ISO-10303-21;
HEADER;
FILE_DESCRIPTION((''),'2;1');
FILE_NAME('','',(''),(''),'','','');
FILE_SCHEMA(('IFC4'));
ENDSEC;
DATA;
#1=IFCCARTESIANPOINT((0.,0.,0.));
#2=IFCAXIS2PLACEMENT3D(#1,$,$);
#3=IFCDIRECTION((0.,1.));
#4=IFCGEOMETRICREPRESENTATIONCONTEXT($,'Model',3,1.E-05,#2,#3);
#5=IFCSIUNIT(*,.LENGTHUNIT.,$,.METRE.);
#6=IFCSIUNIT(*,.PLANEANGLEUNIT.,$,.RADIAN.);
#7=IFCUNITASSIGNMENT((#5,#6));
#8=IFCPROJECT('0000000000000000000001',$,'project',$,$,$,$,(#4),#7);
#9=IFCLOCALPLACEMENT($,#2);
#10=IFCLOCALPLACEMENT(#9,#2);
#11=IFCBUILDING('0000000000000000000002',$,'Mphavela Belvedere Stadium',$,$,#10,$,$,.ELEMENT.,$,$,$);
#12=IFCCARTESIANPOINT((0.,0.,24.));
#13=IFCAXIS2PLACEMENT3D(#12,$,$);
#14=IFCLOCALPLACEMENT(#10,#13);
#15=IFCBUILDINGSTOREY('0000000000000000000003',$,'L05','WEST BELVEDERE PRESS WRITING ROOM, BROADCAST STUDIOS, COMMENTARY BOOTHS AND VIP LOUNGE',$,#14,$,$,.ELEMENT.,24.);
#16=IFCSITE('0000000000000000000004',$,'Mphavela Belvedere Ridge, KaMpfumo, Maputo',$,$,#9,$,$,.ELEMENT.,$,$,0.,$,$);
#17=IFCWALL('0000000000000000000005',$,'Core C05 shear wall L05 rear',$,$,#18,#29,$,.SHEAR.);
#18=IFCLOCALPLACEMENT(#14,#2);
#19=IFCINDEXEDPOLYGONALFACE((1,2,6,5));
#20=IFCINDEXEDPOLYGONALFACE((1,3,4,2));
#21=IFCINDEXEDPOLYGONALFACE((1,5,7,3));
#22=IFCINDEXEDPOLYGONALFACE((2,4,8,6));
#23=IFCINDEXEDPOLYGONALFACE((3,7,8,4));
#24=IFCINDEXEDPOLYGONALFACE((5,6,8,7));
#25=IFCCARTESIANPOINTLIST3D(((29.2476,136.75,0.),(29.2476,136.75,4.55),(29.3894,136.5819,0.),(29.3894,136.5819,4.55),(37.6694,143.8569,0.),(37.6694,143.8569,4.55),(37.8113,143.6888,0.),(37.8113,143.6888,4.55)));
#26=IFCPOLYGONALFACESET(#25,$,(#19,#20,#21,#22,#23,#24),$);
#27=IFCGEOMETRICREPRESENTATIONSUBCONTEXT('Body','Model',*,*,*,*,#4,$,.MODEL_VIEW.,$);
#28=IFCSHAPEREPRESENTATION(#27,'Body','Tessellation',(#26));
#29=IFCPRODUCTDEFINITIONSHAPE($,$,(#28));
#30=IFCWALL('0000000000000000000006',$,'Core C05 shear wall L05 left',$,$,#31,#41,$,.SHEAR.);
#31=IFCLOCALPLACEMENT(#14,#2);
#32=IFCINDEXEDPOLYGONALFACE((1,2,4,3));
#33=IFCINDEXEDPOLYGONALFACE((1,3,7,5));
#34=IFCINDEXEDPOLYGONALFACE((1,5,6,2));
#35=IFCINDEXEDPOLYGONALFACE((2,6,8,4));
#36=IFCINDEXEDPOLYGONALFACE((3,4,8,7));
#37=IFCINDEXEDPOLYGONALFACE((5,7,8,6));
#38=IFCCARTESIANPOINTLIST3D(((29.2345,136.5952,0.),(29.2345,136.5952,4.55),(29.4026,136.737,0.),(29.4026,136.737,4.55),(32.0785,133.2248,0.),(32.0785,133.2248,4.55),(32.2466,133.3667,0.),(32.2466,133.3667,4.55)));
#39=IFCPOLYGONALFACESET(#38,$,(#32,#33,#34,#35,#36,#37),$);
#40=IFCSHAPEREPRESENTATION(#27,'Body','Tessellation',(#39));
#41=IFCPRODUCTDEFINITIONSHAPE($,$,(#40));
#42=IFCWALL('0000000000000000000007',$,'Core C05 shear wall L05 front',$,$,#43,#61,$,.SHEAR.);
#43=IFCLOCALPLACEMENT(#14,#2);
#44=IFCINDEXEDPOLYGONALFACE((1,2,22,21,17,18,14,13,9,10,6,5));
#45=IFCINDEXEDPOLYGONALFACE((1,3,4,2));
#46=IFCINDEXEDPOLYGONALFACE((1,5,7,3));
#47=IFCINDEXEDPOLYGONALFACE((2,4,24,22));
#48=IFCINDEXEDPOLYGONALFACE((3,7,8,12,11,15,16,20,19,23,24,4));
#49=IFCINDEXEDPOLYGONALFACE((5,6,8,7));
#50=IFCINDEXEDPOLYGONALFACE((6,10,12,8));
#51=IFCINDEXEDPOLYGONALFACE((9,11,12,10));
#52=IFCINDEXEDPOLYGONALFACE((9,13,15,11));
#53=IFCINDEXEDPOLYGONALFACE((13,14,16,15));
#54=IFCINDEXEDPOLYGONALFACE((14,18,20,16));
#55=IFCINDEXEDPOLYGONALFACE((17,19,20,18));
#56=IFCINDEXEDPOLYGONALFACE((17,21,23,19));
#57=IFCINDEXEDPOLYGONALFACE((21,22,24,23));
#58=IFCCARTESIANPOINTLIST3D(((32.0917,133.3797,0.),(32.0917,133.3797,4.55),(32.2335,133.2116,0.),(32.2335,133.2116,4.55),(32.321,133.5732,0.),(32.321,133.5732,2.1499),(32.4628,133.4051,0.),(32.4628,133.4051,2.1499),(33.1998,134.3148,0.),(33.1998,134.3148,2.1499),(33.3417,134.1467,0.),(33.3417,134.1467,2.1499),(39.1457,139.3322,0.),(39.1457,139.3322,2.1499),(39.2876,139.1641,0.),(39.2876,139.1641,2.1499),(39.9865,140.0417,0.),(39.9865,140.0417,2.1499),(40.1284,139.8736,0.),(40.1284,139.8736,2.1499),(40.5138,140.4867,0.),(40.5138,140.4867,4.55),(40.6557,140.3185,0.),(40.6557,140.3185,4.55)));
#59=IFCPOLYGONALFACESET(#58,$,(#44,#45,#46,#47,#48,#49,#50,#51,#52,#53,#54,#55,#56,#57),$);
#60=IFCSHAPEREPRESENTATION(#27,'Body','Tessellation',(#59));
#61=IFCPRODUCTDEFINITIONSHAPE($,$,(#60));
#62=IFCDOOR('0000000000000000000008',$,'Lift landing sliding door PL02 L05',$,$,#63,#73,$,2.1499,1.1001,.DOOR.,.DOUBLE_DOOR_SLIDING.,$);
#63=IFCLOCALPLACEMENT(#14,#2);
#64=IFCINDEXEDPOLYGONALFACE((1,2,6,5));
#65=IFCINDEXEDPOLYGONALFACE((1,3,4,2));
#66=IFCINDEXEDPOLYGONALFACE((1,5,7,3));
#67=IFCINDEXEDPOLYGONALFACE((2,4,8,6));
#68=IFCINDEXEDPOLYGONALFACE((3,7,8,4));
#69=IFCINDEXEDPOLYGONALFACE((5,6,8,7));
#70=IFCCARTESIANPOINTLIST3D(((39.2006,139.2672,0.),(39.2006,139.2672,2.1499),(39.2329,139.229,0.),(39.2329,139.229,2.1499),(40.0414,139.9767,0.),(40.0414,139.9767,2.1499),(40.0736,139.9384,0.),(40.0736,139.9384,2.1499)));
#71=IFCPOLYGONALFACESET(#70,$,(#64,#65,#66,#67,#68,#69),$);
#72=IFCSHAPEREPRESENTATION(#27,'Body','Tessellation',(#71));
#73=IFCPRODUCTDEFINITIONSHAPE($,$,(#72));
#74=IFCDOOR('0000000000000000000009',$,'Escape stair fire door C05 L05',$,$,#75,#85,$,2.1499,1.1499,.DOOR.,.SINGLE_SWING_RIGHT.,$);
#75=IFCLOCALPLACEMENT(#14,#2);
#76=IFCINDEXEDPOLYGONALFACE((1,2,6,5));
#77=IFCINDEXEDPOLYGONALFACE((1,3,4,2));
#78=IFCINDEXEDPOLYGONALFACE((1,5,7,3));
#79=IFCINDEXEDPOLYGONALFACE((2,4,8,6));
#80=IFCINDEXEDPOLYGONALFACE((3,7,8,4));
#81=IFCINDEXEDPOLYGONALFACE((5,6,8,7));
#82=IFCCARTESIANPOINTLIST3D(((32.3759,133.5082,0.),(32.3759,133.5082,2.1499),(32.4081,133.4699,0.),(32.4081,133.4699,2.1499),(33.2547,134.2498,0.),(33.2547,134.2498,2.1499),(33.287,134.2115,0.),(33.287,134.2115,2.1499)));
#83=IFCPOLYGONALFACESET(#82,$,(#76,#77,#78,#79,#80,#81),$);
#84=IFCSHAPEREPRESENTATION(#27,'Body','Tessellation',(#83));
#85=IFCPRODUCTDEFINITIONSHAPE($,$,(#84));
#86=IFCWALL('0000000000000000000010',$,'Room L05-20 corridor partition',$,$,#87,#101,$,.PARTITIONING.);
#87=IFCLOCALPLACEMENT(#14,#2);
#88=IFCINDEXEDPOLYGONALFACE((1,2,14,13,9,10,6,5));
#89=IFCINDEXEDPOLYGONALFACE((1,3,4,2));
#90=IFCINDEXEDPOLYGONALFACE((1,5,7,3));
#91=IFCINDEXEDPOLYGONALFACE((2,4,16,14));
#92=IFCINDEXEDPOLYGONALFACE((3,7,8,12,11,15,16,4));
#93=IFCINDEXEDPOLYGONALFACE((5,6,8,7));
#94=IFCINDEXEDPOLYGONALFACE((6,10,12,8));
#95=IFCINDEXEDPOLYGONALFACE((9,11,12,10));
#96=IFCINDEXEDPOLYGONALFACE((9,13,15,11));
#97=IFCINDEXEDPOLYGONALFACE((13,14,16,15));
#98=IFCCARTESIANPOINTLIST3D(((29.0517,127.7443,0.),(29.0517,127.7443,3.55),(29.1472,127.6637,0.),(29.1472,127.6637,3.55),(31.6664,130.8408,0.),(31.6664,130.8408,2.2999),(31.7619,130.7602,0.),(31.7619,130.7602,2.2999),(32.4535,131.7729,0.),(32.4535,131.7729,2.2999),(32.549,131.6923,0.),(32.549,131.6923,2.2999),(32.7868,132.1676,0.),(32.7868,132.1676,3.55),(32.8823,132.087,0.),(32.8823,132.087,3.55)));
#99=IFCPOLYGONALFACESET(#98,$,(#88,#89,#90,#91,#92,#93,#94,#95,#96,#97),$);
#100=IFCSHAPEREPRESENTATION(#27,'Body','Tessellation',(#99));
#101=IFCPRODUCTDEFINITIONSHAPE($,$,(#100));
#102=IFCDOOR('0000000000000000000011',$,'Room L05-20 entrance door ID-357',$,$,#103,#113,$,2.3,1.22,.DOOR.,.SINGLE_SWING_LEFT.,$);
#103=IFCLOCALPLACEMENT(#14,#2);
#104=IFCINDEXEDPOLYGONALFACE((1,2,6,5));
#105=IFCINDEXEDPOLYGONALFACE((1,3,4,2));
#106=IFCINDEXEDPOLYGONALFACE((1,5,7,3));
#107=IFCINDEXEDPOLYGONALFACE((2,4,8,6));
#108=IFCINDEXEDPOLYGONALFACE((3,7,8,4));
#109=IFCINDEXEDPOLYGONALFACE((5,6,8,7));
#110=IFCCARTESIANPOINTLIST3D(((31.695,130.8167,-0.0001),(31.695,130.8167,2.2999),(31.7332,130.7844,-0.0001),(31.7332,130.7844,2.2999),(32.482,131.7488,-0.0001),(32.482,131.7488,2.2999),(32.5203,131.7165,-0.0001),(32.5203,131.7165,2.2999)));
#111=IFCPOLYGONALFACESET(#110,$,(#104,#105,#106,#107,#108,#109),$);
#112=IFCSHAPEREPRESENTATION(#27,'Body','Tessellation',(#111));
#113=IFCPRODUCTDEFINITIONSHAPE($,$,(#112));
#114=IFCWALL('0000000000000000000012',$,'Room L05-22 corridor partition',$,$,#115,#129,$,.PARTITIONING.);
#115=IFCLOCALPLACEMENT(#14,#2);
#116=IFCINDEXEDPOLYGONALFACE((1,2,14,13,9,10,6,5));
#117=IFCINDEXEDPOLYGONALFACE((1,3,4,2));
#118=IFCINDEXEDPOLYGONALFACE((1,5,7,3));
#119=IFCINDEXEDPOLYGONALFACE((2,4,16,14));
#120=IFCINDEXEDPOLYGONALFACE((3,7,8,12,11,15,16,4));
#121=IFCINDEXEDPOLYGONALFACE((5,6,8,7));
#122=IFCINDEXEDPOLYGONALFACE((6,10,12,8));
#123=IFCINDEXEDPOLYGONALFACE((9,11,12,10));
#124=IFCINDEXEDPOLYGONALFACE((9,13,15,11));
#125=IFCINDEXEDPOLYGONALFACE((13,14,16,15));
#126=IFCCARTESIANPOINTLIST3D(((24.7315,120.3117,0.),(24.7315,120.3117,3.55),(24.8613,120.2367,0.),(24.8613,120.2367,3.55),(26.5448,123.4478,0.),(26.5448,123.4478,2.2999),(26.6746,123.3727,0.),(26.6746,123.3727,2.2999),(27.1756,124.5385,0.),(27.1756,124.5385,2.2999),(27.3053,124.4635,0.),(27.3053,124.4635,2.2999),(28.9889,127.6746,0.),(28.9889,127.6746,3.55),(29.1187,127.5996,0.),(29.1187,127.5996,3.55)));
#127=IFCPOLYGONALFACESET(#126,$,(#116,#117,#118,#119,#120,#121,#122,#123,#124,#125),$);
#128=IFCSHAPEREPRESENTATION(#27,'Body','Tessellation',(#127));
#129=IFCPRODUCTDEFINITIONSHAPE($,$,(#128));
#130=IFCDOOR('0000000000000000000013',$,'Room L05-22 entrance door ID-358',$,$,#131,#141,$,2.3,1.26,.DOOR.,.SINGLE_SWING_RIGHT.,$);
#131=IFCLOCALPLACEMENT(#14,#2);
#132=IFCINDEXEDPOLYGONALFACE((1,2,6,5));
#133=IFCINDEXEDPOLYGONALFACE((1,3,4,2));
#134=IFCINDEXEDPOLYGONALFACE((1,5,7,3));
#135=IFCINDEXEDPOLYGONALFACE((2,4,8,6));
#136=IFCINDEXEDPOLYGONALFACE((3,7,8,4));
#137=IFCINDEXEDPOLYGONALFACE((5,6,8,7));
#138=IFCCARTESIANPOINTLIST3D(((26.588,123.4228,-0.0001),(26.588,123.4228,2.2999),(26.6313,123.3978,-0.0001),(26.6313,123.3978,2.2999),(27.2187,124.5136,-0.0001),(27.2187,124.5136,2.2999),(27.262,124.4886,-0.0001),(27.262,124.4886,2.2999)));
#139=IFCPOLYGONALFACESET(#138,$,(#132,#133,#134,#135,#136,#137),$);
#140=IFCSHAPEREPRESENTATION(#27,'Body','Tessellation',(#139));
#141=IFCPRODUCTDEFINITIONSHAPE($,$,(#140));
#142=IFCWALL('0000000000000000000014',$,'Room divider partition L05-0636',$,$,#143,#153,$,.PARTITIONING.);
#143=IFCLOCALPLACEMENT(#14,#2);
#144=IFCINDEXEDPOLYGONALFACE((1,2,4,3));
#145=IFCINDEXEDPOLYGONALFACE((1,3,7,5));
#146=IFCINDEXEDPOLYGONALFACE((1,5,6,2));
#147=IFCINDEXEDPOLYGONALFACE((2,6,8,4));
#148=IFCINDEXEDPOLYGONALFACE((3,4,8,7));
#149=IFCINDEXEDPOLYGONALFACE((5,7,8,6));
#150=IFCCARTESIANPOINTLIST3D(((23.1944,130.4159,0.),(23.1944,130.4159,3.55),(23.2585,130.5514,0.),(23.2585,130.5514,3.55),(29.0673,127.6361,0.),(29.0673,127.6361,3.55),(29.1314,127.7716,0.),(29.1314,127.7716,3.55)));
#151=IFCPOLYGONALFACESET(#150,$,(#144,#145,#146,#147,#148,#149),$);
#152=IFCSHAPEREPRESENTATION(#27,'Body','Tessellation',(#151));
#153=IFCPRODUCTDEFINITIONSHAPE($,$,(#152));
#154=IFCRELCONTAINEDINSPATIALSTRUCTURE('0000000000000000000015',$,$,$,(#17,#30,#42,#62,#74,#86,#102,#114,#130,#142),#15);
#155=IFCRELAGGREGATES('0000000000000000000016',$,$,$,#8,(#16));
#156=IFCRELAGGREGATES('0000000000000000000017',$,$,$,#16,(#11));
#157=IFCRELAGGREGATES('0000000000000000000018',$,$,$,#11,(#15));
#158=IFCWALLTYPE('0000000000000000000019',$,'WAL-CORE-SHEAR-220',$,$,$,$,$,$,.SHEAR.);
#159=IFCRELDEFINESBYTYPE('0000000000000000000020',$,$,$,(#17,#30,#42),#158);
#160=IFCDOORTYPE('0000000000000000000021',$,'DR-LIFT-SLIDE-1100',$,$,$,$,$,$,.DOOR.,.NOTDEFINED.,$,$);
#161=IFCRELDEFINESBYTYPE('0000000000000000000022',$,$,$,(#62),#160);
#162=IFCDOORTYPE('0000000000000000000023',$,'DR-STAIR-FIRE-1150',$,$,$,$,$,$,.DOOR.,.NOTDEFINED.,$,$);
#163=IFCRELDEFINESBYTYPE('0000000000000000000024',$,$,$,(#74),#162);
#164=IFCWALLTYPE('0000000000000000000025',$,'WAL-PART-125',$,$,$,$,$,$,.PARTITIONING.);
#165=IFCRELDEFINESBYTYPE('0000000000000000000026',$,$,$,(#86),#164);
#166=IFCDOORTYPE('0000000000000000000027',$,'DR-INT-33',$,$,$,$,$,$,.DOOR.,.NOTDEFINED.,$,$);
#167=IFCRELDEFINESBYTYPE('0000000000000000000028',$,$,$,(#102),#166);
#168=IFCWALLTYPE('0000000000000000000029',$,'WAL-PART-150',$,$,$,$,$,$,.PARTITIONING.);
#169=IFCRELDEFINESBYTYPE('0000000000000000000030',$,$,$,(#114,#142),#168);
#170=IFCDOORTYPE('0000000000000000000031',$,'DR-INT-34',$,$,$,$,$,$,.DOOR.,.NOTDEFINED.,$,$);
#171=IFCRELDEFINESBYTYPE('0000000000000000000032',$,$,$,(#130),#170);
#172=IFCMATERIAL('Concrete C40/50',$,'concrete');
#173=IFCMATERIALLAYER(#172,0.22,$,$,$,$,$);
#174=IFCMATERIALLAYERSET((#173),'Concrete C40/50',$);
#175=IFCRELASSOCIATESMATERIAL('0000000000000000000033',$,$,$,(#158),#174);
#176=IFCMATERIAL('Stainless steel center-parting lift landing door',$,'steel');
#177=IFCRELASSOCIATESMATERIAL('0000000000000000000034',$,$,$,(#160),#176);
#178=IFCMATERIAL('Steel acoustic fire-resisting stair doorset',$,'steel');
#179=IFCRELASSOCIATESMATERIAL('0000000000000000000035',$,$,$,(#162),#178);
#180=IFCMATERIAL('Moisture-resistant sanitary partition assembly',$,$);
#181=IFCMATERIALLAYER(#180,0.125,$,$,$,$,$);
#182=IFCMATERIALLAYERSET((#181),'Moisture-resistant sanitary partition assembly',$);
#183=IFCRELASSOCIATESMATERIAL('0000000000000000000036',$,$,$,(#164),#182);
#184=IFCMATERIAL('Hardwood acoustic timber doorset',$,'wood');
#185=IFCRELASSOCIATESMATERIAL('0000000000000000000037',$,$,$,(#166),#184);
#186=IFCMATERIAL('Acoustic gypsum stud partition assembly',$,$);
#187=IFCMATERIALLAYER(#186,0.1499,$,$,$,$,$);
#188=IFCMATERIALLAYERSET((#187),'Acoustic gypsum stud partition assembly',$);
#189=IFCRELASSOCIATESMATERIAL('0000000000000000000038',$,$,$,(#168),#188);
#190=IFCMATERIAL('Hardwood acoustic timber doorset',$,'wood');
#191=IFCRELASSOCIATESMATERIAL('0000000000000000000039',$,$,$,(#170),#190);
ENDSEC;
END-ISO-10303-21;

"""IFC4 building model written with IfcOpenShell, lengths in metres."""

from ifc_helpers import new_model, si_unit, direction, frame, frame_2d, origin, place, context, subcontext, project, spatial, rectangle, extrude, material, layer, layer_set, type_object, element, fill, save


model = new_model("IFC4")

# Units and contexts
model_context = context("Model", 3, precision=1e-05, world=origin(), true_north=direction((0.0, 1.0)))
body_context = subcontext(model_context, "Body", "Model", "MODEL_VIEW")
ifc_project = project(units=[si_unit("LENGTHUNIT", "METRE"), si_unit("PLANEANGLEUNIT", "RADIAN")], contexts=[model_context])

# Site, building, storey
site_placement = place(None, origin())
site = spatial("IfcSite", under=ifc_project, at=site_placement, Name="Mphavela Belvedere Ridge, KaMpfumo, Maputo", CompositionType="ELEMENT", RefElevation=0.0)
building_placement = place(site_placement, origin())
building = spatial("IfcBuilding", under=site, at=building_placement, Name="Mphavela Belvedere Stadium", CompositionType="ELEMENT")
storey_placement = place(building_placement, frame((0.0, 0.0, 24.0)))
storey = spatial("IfcBuildingStorey", under=building, at=storey_placement, Name="L05", Description="WEST BELVEDERE PRESS WRITING ROOM, BROADCAST STUDIOS, COMMENTARY BOOTHS AND VIP LOUNGE", CompositionType="ELEMENT", Elevation=24.0)

# Walls
ifc_material_1 = material(Name="Concrete C40/50", Category="concrete")
ifc_layer_1 = layer(ifc_material_1, 0.22)
ifc_layer_set_1 = layer_set([ifc_layer_1], Name="Concrete C40/50")
wall_type_1 = type_object("IfcWallType", Name="WAL-CORE-SHEAR-220", PredefinedType="SHEAR", material=ifc_layer_set_1)
wall_1_placement = place(storey_placement, frame((29.3186, 136.666, 0.0), z_axis=(0.0, 0.0, 1.0), x_axis=(0.764248, 0.644923, 0.0)))
element("IfcWall", 1, at=wall_1_placement, inside=storey, type_object=wall_type_1, Name="Core C05 shear wall L05 rear", PredefinedType="SHEAR", context=body_context, shape_type="SweptSolid", body=[
    extrude(rectangle(XDim=11.0198, YDim=0.22, at=frame_2d((5.5098, 0.0))), origin(), (0.0, 0.0, 1.0), 4.55),
])
wall_2_placement = place(storey_placement, frame((32.1626, 133.2957, 0.0), z_axis=(0.0, 0.0, 1.0), x_axis=(-0.644904, 0.764263, 0.0)))
element("IfcWall", 2, at=wall_2_placement, inside=storey, type_object=wall_type_1, Name="Core C05 shear wall L05 left", PredefinedType="SHEAR", context=body_context, shape_type="SweptSolid", body=[
    extrude(rectangle(XDim=4.4099, YDim=0.22, at=frame_2d((2.2051, 0.0))), origin(), (0.0, 0.0, 1.0), 4.55),
])

# Wall, openings, doors
wall_3_placement = place(storey_placement, frame((32.1626, 133.2957, 0.0), z_axis=(0.0, 0.0, 1.0), x_axis=(0.764257, 0.644912, 0.0)))
wall_3 = element("IfcWall", 3, at=wall_3_placement, inside=storey, type_object=wall_type_1, Name="Core C05 shear wall L05 front", PredefinedType="SHEAR", context=body_context, shape_type="SweptSolid", body=[
    extrude(rectangle(XDim=11.02, YDim=0.22, at=frame_2d((5.51, 0.0))), origin(), (0.0, 0.0, 1.0), 4.55),
])
opening_1_placement = place(wall_3_placement, frame((0.3, 0.0, 0.0)))
opening_1 = element("IfcOpeningElement", 4, at=opening_1_placement, cuts=wall_3, PredefinedType="OPENING", context=body_context, shape_type="SweptSolid", body=[
    extrude(rectangle(XDim=1.1499, YDim=2.1499, at=frame_2d((0.575, 1.075))), frame((0.0, 0.1201, 0.0), z_axis=(0.0, -1.0, 0.0), x_axis=(1.0, 0.0, 0.0)), (0.0, 0.0, 1.0), 0.24),
])
opening_2_placement = place(wall_3_placement, frame((9.23, 0.0, 0.0)))
opening_2 = element("IfcOpeningElement", 5, at=opening_2_placement, cuts=wall_3, PredefinedType="OPENING", context=body_context, shape_type="SweptSolid", body=[
    extrude(rectangle(XDim=1.1001, YDim=2.1499, at=frame_2d((0.55, 1.075))), frame((0.0, 0.1201, 0.0), z_axis=(0.0, -1.0, 0.0), x_axis=(1.0, 0.0, 0.0)), (0.0, 0.0, 1.0), 0.24),
])
ifc_material_2 = material(Name="Stainless steel center-parting lift landing door", Category="steel")
door_type_1 = type_object("IfcDoorType", Name="DR-LIFT-SLIDE-1100", OperationType="NOTDEFINED", PredefinedType="DOOR", material=ifc_material_2)
door_1_placement = place(opening_2_placement, origin())
door_1 = element("IfcDoor", 6, at=door_1_placement, inside=storey, type_object=door_type_1, Name="Lift landing sliding door PL02 L05", OperationType="DOUBLE_DOOR_SLIDING", OverallHeight=2.1499, OverallWidth=1.1001, PredefinedType="DOOR", context=body_context, shape_type="SweptSolid", body=[
    extrude(rectangle(XDim=1.1001, YDim=2.1499, at=frame_2d((0.55, 1.075))), frame((0.0, 0.0249, 0.0), z_axis=(0.0, -1.0, 0.0), x_axis=(1.0, 0.0, 0.0)), (0.0, 0.0, 1.0), 0.05),
])
fill(opening_2, door_1)
ifc_material_3 = material(Name="Steel acoustic fire-resisting stair doorset", Category="steel")
door_type_2 = type_object("IfcDoorType", Name="DR-STAIR-FIRE-1150", OperationType="NOTDEFINED", PredefinedType="DOOR", material=ifc_material_3)
door_2_placement = place(opening_1_placement, origin())
door_2 = element("IfcDoor", 7, at=door_2_placement, inside=storey, type_object=door_type_2, Name="Escape stair fire door C05 L05", OperationType="SINGLE_SWING_RIGHT", OverallHeight=2.1499, OverallWidth=1.1499, PredefinedType="DOOR", context=body_context, shape_type="SweptSolid", body=[
    extrude(rectangle(XDim=1.1499, YDim=2.1499, at=frame_2d((0.575, 1.075))), frame((0.0, 0.0249, 0.0), z_axis=(0.0, -1.0, 0.0), x_axis=(1.0, 0.0, 0.0)), (0.0, 0.0, 1.0), 0.05),
])
fill(opening_1, door_2)

# Walls, openings, doors
ifc_material_4 = material(Name="Moisture-resistant sanitary partition assembly")
ifc_layer_2 = layer(ifc_material_4, 0.125)
ifc_layer_set_2 = layer_set([ifc_layer_2], Name="Moisture-resistant sanitary partition assembly")
wall_type_2 = type_object("IfcWallType", Name="WAL-PART-125", PredefinedType="PARTITIONING", material=ifc_layer_set_2)
wall_4_placement = place(storey_placement, frame((32.8345, 132.1272, 0.0), z_axis=(0.0, 0.0, 1.0), x_axis=(-0.645165, -0.764043, 0.0)))
wall_4 = element("IfcWall", 8, at=wall_4_placement, inside=storey, type_object=wall_type_2, Name="Room L05-20 corridor partition", PredefinedType="PARTITIONING", context=body_context, shape_type="SweptSolid", body=[
    extrude(rectangle(XDim=5.7893, YDim=0.125, at=frame_2d((2.8945, 0.0))), origin(), (0.0, 0.0, 1.0), 3.55),
])
opening_3_placement = place(wall_4_placement, frame((0.5166, 0.0, 0.0)))
opening_3 = element("IfcOpeningElement", 9, at=opening_3_placement, cuts=wall_4, PredefinedType="OPENING", context=body_context, shape_type="SweptSolid", body=[
    extrude(rectangle(XDim=1.22, YDim=2.3, at=frame_2d((0.6099, 1.1499))), frame((0.0, 0.0725, 0.0), z_axis=(0.0, -1.0, 0.0), x_axis=(1.0, 0.0, 0.0)), (0.0, 0.0, 1.0), 0.145),
])
ifc_material_5 = material(Name="Hardwood acoustic timber doorset", Category="wood")
door_type_3 = type_object("IfcDoorType", Name="DR-INT-33", OperationType="NOTDEFINED", PredefinedType="DOOR", material=ifc_material_5)
door_3_placement = place(opening_3_placement, origin())
door_3 = element("IfcDoor", 10, at=door_3_placement, inside=storey, type_object=door_type_3, Name="Room L05-20 entrance door ID-357", OperationType="SINGLE_SWING_LEFT", OverallHeight=2.3, OverallWidth=1.22, PredefinedType="DOOR", context=body_context, shape_type="SweptSolid", body=[
    extrude(rectangle(XDim=1.22, YDim=2.3, at=frame_2d((0.6099, 1.1499))), frame((0.0, 0.0249, 0.0), z_axis=(0.0, -1.0, 0.0), x_axis=(1.0, 0.0, 0.0)), (0.0, 0.0, 1.0), 0.05),
])
fill(opening_3, door_3)
ifc_material_6 = material(Name="Acoustic gypsum stud partition assembly")
ifc_layer_3 = layer(ifc_material_6, 0.1499)
ifc_layer_set_3 = layer_set([ifc_layer_3], Name="Acoustic gypsum stud partition assembly")
wall_type_3 = type_object("IfcWallType", Name="WAL-PART-150", PredefinedType="PARTITIONING", material=ifc_layer_set_3)
wall_5_placement = place(storey_placement, frame((29.0537, 127.637, 0.0), z_axis=(0.0, 0.0, 1.0), x_axis=(-0.500565, -0.865699, 0.0)))
wall_5 = element("IfcWall", 11, at=wall_5_placement, inside=storey, type_object=wall_type_3, Name="Room L05-22 corridor partition", PredefinedType="PARTITIONING", context=body_context, shape_type="SweptSolid", body=[
    extrude(rectangle(XDim=8.5051, YDim=0.1499, at=frame_2d((4.2524, 0.0))), origin(), (0.0, 0.0, 1.0), 3.55),
])
opening_4_placement = place(wall_5_placement, frame((3.6226, 0.0, 0.0)))
opening_4 = element("IfcOpeningElement", 12, at=opening_4_placement, cuts=wall_5, PredefinedType="OPENING", context=body_context, shape_type="SweptSolid", body=[
    extrude(rectangle(XDim=1.26, YDim=2.3, at=frame_2d((0.6299, 1.1499))), frame((0.0, 0.085, 0.0), z_axis=(0.0, -1.0, 0.0), x_axis=(1.0, 0.0, 0.0)), (0.0, 0.0, 1.0), 0.1699),
])
ifc_material_7 = material(Name="Hardwood acoustic timber doorset", Category="wood")
door_type_4 = type_object("IfcDoorType", Name="DR-INT-34", OperationType="NOTDEFINED", PredefinedType="DOOR", material=ifc_material_7)
door_4_placement = place(opening_4_placement, origin())
door_4 = element("IfcDoor", 13, at=door_4_placement, inside=storey, type_object=door_type_4, Name="Room L05-22 entrance door ID-358", OperationType="SINGLE_SWING_RIGHT", OverallHeight=2.3, OverallWidth=1.26, PredefinedType="DOOR", context=body_context, shape_type="SweptSolid", body=[
    extrude(rectangle(XDim=1.26, YDim=2.3, at=frame_2d((0.6299, 1.1499))), frame((0.0, 0.0249, 0.0), z_axis=(0.0, -1.0, 0.0), x_axis=(1.0, 0.0, 0.0)), (0.0, 0.0, 1.0), 0.05),
])
fill(opening_4, door_4)

# Wall
wall_6_placement = place(storey_placement, frame((29.0994, 127.7039, 0.0), z_axis=(0.0, 0.0, 1.0), x_axis=(-0.903861, 0.427826, 0.0)))
element("IfcWall", 14, at=wall_6_placement, inside=storey, type_object=wall_type_3, Name="Room divider partition L05-0636", PredefinedType="PARTITIONING", context=body_context, shape_type="SweptSolid", body=[
    extrude(rectangle(XDim=6.4976, YDim=0.1499, at=frame_2d((3.2488, 0.0))), origin(), (0.0, 0.0, 1.0), 3.55),
])

save(model, "model.ifc")
